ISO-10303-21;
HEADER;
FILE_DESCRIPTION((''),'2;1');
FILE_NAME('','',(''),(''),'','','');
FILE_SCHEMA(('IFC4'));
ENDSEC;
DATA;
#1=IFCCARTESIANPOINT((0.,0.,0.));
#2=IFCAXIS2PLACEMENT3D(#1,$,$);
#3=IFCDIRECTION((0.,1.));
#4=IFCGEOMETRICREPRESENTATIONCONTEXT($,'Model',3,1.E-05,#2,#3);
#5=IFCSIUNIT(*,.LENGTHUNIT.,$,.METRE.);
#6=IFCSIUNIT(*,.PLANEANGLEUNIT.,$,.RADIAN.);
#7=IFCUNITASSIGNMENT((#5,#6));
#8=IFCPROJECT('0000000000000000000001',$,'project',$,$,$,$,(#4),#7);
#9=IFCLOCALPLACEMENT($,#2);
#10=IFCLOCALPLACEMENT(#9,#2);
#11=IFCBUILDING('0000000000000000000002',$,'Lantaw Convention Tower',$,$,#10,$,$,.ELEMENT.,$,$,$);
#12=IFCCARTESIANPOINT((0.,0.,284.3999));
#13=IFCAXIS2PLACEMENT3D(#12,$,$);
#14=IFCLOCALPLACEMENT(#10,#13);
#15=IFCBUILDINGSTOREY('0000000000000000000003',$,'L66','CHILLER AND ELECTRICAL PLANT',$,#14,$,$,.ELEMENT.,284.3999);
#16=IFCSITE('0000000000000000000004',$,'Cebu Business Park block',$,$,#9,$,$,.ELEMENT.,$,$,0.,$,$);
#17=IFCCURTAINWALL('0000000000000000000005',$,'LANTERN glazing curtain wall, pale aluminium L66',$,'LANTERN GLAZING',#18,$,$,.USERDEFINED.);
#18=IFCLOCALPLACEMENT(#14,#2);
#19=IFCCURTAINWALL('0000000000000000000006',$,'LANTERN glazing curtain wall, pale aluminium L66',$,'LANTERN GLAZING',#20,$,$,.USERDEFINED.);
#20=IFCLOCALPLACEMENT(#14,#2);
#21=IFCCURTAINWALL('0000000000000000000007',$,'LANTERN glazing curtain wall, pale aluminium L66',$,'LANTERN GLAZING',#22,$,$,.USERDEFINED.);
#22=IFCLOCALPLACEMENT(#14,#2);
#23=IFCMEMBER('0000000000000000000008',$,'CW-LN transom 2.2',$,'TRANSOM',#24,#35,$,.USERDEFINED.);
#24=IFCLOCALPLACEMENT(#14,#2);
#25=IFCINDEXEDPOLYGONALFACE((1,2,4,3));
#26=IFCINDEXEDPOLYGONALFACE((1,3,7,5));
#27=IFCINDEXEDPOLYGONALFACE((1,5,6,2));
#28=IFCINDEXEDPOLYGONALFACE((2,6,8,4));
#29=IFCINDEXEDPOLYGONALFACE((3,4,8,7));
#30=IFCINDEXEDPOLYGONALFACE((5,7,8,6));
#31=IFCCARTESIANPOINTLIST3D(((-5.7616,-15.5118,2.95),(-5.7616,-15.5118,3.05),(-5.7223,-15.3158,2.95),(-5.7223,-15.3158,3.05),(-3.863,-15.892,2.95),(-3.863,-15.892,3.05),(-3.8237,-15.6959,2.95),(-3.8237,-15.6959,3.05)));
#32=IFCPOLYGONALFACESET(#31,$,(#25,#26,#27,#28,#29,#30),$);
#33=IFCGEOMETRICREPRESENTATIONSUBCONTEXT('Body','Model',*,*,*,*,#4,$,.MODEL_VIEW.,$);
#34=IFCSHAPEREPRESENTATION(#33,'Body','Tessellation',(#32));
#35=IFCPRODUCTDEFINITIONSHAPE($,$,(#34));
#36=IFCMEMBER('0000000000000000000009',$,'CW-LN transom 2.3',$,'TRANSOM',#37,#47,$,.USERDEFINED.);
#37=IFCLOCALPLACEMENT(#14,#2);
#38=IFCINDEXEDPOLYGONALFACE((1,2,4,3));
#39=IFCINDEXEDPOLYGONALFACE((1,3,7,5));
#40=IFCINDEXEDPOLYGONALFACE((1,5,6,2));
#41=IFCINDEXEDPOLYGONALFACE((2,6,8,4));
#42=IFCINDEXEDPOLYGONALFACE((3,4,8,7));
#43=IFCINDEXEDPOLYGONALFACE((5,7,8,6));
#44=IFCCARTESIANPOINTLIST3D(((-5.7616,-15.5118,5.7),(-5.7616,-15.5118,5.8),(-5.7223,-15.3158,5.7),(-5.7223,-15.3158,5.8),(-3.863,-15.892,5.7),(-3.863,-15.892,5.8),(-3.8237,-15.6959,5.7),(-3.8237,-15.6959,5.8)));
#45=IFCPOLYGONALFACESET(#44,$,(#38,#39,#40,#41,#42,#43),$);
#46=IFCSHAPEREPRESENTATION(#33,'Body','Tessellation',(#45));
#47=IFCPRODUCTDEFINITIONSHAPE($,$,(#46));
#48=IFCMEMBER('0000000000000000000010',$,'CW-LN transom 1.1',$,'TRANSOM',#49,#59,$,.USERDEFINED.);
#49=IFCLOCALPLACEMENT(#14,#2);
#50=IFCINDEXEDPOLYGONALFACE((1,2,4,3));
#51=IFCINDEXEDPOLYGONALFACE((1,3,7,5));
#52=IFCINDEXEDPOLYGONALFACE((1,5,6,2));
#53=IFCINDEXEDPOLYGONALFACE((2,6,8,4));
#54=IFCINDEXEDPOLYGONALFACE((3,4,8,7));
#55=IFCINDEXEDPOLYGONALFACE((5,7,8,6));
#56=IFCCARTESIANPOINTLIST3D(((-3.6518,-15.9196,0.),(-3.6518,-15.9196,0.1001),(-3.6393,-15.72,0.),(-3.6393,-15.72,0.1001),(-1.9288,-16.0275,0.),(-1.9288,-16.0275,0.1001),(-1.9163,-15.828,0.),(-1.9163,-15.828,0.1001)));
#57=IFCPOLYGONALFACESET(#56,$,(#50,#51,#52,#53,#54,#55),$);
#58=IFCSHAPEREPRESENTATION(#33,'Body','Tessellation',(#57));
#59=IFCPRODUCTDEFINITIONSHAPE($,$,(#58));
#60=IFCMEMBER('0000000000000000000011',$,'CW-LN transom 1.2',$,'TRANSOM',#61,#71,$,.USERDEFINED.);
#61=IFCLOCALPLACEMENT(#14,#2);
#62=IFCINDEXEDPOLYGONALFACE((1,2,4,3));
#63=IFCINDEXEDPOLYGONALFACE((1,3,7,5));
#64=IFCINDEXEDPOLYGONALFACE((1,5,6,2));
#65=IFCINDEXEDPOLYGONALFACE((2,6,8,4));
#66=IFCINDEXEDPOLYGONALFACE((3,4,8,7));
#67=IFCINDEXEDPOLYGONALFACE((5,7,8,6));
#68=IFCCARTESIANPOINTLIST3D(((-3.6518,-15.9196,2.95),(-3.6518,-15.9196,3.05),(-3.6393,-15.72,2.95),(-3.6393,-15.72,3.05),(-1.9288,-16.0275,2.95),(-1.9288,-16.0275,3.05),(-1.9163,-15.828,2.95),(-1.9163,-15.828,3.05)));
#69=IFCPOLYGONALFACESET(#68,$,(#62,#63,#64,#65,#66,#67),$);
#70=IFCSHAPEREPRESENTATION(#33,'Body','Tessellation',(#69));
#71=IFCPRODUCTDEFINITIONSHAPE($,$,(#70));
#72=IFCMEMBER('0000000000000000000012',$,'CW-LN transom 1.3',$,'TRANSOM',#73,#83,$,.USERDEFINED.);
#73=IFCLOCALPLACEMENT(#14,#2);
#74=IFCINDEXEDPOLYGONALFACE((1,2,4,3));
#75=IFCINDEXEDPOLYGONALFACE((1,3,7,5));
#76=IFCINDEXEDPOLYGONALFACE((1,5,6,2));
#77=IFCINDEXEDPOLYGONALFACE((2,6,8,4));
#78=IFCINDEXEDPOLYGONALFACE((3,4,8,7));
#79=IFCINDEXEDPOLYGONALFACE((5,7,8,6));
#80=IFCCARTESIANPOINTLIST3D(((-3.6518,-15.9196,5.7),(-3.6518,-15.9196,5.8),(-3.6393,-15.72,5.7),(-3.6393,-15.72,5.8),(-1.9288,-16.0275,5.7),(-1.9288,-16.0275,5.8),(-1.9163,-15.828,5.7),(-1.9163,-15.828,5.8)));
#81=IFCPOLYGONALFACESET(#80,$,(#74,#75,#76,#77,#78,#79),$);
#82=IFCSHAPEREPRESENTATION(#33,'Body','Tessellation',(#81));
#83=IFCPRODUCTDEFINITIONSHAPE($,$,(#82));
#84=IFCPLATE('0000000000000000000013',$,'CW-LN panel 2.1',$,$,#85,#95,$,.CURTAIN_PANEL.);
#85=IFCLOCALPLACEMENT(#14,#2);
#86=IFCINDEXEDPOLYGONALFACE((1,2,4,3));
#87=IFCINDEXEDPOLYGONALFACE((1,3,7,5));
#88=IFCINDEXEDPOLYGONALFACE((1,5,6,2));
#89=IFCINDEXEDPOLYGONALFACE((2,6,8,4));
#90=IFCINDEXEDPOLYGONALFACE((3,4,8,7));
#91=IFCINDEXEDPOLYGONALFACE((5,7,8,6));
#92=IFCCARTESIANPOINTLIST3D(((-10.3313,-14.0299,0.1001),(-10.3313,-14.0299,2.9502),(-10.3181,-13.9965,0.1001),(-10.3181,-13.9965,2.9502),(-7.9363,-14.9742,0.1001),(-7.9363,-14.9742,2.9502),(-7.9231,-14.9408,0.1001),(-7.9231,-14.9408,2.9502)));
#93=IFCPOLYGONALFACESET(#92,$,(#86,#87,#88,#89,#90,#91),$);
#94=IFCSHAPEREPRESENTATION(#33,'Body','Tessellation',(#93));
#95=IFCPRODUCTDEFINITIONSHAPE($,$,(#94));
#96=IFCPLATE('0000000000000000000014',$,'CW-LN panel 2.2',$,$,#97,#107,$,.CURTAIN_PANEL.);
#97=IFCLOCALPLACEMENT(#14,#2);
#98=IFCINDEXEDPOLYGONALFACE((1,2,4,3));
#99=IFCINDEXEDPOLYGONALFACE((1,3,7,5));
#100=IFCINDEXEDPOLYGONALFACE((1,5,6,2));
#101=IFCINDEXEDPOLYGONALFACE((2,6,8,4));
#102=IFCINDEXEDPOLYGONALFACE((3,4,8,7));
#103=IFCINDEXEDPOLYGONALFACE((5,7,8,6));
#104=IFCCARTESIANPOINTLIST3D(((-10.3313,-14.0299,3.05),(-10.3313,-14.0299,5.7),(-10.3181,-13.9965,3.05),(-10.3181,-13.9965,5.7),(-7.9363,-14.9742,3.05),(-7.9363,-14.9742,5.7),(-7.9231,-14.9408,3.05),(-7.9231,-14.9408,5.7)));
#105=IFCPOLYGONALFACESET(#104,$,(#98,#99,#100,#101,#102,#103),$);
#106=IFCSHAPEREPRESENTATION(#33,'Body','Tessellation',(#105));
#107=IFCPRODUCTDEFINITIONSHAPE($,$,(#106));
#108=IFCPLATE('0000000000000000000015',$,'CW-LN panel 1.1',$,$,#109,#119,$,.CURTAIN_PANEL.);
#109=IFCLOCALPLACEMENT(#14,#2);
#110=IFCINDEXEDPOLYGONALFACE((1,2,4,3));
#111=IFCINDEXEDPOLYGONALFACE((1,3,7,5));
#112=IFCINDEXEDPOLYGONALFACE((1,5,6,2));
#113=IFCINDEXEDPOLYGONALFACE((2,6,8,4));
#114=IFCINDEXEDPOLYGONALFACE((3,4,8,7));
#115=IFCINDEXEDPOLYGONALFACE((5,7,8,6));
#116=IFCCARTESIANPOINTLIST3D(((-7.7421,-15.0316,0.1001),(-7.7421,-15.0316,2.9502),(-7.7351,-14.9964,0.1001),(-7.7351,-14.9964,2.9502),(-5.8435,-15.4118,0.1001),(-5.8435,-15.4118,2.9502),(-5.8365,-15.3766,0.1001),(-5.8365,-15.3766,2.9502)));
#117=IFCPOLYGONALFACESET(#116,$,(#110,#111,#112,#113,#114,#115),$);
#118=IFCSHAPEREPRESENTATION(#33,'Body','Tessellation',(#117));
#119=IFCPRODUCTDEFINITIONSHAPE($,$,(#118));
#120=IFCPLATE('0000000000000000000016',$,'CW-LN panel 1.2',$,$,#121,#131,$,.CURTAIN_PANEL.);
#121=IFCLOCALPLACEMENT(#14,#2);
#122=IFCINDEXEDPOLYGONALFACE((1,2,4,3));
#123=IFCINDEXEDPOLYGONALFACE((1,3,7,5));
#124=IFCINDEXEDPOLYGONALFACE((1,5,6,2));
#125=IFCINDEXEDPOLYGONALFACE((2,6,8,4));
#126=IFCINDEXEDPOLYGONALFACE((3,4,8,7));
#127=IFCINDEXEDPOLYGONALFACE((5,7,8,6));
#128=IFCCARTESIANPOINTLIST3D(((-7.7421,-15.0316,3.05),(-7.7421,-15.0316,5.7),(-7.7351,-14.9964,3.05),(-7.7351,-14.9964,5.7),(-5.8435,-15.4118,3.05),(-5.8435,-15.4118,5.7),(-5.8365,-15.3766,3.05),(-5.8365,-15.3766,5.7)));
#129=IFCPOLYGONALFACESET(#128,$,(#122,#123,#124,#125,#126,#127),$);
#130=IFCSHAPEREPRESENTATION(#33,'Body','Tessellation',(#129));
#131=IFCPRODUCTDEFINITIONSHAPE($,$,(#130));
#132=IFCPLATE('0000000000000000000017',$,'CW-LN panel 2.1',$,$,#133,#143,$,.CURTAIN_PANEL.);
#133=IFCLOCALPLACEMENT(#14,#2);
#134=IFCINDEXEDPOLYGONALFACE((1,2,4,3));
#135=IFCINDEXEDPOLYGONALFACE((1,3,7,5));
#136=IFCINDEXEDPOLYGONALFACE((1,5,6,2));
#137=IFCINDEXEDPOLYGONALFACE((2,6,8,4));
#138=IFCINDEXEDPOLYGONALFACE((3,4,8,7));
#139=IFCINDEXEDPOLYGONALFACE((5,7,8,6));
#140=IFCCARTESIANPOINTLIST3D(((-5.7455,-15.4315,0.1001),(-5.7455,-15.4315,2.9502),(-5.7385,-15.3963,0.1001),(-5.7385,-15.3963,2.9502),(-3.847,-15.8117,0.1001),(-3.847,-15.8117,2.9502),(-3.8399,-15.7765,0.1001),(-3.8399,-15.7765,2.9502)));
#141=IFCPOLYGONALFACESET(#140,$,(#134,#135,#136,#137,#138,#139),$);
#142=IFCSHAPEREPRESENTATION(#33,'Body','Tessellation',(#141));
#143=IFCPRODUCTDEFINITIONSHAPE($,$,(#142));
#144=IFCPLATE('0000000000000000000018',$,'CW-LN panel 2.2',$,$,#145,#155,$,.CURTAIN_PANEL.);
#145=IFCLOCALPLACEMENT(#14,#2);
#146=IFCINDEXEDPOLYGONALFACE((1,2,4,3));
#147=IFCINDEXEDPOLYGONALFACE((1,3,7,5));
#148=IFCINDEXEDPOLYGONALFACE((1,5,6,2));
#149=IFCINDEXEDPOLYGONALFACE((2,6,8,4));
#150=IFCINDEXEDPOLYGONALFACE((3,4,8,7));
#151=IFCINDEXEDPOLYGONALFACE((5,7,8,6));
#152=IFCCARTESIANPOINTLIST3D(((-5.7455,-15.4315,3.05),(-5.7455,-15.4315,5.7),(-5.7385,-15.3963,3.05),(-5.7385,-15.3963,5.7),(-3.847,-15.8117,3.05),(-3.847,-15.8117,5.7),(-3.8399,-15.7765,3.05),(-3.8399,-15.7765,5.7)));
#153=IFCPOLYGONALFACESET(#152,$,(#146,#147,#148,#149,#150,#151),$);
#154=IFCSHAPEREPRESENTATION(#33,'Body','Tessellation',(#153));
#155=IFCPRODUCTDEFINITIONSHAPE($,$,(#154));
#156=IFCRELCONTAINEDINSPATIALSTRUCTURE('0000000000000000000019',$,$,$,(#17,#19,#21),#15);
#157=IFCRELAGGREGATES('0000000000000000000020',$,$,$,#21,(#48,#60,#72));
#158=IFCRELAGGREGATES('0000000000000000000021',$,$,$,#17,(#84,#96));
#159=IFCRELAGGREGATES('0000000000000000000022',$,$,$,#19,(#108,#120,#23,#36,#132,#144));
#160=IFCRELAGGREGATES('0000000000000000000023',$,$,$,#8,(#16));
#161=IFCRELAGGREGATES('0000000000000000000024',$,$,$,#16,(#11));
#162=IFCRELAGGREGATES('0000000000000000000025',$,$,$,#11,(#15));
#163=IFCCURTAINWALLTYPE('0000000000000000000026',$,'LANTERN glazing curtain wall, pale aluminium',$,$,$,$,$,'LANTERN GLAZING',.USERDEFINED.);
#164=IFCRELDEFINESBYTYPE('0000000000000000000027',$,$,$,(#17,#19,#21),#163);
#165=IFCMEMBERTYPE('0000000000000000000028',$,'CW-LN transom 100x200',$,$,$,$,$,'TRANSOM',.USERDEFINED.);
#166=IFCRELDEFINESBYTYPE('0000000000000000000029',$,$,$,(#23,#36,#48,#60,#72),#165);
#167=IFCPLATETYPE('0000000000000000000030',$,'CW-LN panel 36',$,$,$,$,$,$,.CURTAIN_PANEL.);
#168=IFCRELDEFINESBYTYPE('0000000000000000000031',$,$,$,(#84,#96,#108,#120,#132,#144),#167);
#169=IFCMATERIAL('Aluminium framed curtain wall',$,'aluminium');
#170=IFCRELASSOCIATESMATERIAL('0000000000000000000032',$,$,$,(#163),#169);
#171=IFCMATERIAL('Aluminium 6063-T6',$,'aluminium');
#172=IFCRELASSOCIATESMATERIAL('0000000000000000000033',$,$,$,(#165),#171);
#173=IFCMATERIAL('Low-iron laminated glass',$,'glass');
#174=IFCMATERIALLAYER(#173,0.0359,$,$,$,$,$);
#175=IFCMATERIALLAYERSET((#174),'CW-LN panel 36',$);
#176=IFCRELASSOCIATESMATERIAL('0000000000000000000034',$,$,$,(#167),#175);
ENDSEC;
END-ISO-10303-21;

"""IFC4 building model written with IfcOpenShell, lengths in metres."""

from ifc_helpers import new_model, si_unit, direction, frame, origin, origin_2d, place, context, subcontext, project, spatial, rectangle, extrude, material, layer, layer_set, material_profile, profile_set, type_object, element, aggregate, save


model = new_model("IFC4")

# Units and contexts
model_context = context("Model", 3, precision=1e-05, world=origin(), true_north=direction((0.0, 1.0)))
body_context = subcontext(model_context, "Body", "Model", "MODEL_VIEW")
ifc_project = project(units=[si_unit("LENGTHUNIT", "METRE"), si_unit("PLANEANGLEUNIT", "RADIAN")], contexts=[model_context])

# Site, building, storey
site_placement = place(None, origin())
site = spatial("IfcSite", under=ifc_project, at=site_placement, Name="Cebu Business Park block", CompositionType="ELEMENT", RefElevation=0.0)
building_placement = place(site_placement, origin())
building = spatial("IfcBuilding", under=site, at=building_placement, Name="Lantaw Convention Tower", CompositionType="ELEMENT")
storey_placement = place(building_placement, frame((0.0, 0.0, 284.3999)))
storey = spatial("IfcBuildingStorey", under=building, at=storey_placement, Name="L66", Description="CHILLER AND ELECTRICAL PLANT", CompositionType="ELEMENT", Elevation=284.3999)

# Curtain wall
ifc_material_1 = material(Name="Aluminium framed curtain wall", Category="aluminium")
curtain_wall_type = type_object("IfcCurtainWallType", Name="LANTERN glazing curtain wall, pale aluminium", ElementType="LANTERN GLAZING", PredefinedType="USERDEFINED", material=ifc_material_1)
curtain_wall_1_placement = place(storey_placement, origin())
curtain_wall_1 = element("IfcCurtainWall", 1, at=curtain_wall_1_placement, inside=storey, type_object=curtain_wall_type, Name="LANTERN glazing curtain wall, pale aluminium L66", ObjectType="LANTERN GLAZING", PredefinedType="USERDEFINED")
ifc_material_2 = material(Name="Aluminium 6063-T6", Category="aluminium")

# Curtain wall
curtain_wall_2_placement = place(storey_placement, origin())
curtain_wall_2 = element("IfcCurtainWall", 2, at=curtain_wall_2_placement, inside=storey, type_object=curtain_wall_type, Name="LANTERN glazing curtain wall, pale aluminium L66", ObjectType="LANTERN GLAZING", PredefinedType="USERDEFINED")

# Curtain wall
curtain_wall_3_placement = place(storey_placement, origin())
curtain_wall_3 = element("IfcCurtainWall", 3, at=curtain_wall_3_placement, inside=storey, type_object=curtain_wall_type, Name="LANTERN glazing curtain wall, pale aluminium L66", ObjectType="LANTERN GLAZING", PredefinedType="USERDEFINED")

# Members
ifc_material_profile_1 = material_profile(ifc_material_2, rectangle(XDim=0.2, YDim=0.1001, at=origin_2d()), Name="CW-LN transom 100x200")
ifc_profile_set_1 = profile_set([ifc_material_profile_1], Name="Aluminium 6063-T6")
member_type_1 = type_object("IfcMemberType", Name="CW-LN transom 100x200", ElementType="TRANSOM", PredefinedType="USERDEFINED", material=ifc_profile_set_1)
member_1_placement = place(storey_placement, frame((-5.7419, -15.4138, 3.0), z_axis=(0.980542, -0.19631, 0.0), x_axis=(0.19631, 0.980542, 0.0)))
member_1 = element("IfcMember", 4, at=member_1_placement, type_object=member_type_1, Name="CW-LN transom 2.2", ObjectType="TRANSOM", PredefinedType="USERDEFINED", context=body_context, shape_type="SweptSolid", body=[
    extrude(rectangle(XDim=0.2, YDim=0.1001, at=origin_2d()), origin(), (0.0, 0.0, 1.0), 1.9363),
])
member_2_placement = place(storey_placement, frame((-5.7419, -15.4138, 5.75), z_axis=(0.980542, -0.19631, 0.0), x_axis=(0.19631, 0.980542, 0.0)))
member_2 = element("IfcMember", 5, at=member_2_placement, type_object=member_type_1, Name="CW-LN transom 2.3", ObjectType="TRANSOM", PredefinedType="USERDEFINED", context=body_context, shape_type="SweptSolid", body=[
    extrude(rectangle(XDim=0.2, YDim=0.1001, at=origin_2d()), origin(), (0.0, 0.0, 1.0), 1.9363),
])
member_3_placement = place(storey_placement, frame((-3.6455, -15.8198, 0.05), z_axis=(0.998044, -0.06251, 0.0), x_axis=(0.06251, 0.998044, 0.0)))
member_3 = element("IfcMember", 6, at=member_3_placement, type_object=member_type_1, Name="CW-LN transom 1.1", ObjectType="TRANSOM", PredefinedType="USERDEFINED", context=body_context, shape_type="SweptSolid", body=[
    extrude(rectangle(XDim=0.2, YDim=0.1001, at=origin_2d()), origin(), (0.0, 0.0, 1.0), 1.7263),
])
member_4_placement = place(storey_placement, frame((-3.6455, -15.8198, 3.0), z_axis=(0.998044, -0.06251, 0.0), x_axis=(0.06251, 0.998044, 0.0)))
member_4 = element("IfcMember", 7, at=member_4_placement, type_object=member_type_1, Name="CW-LN transom 1.2", ObjectType="TRANSOM", PredefinedType="USERDEFINED", context=body_context, shape_type="SweptSolid", body=[
    extrude(rectangle(XDim=0.2, YDim=0.1001, at=origin_2d()), origin(), (0.0, 0.0, 1.0), 1.7263),
])
member_5_placement = place(storey_placement, frame((-3.6455, -15.8198, 5.75), z_axis=(0.998044, -0.06251, 0.0), x_axis=(0.06251, 0.998044, 0.0)))
member_5 = element("IfcMember", 8, at=member_5_placement, type_object=member_type_1, Name="CW-LN transom 1.3", ObjectType="TRANSOM", PredefinedType="USERDEFINED", context=body_context, shape_type="SweptSolid", body=[
    extrude(rectangle(XDim=0.2, YDim=0.1001, at=origin_2d()), origin(), (0.0, 0.0, 1.0), 1.7263),
])
aggregate(curtain_wall_3, [member_3, member_4, member_5])

# Plates
ifc_material_3 = material(Name="Low-iron laminated glass", Category="glass")
ifc_layer = layer(ifc_material_3, 0.0359)
ifc_layer_set = layer_set([ifc_layer], Name="CW-LN panel 36")
plate_type = type_object("IfcPlateType", Name="CW-LN panel 36", PredefinedType="CURTAIN_PANEL", material=ifc_layer_set)
plate_1_placement = place(storey_placement, frame((-9.1272, -14.4854, 0.1001), z_axis=(0.0, 0.0, 1.0), x_axis=(0.930299, -0.366802, 0.0)))
plate_1 = element("IfcPlate", 9, at=plate_1_placement, type_object=plate_type, Name="CW-LN panel 2.1", PredefinedType="CURTAIN_PANEL", context=body_context, shape_type="SweptSolid", body=[
    extrude(rectangle(XDim=2.5745, YDim=0.0359, at=origin_2d()), origin(), (0.0, 0.0, 1.0), 2.8501),
])
plate_2_placement = place(storey_placement, frame((-9.1272, -14.4854, 3.05), z_axis=(0.0, 0.0, 1.0), x_axis=(0.930299, -0.366802, 0.0)))
plate_2 = element("IfcPlate", 10, at=plate_2_placement, type_object=plate_type, Name="CW-LN panel 2.2", PredefinedType="CURTAIN_PANEL", context=body_context, shape_type="SweptSolid", body=[
    extrude(rectangle(XDim=2.5745, YDim=0.0359, at=origin_2d()), origin(), (0.0, 0.0, 1.0), 2.6499),
])
aggregate(curtain_wall_1, [plate_1, plate_2])
plate_3_placement = place(storey_placement, frame((-6.7893, -15.2041, 0.1001), z_axis=(0.0, 0.0, 1.0), x_axis=(0.98053, -0.196367, 0.0)))
plate_3 = element("IfcPlate", 11, at=plate_3_placement, type_object=plate_type, Name="CW-LN panel 1.1", PredefinedType="CURTAIN_PANEL", context=body_context, shape_type="SweptSolid", body=[
    extrude(rectangle(XDim=1.9363, YDim=0.0359, at=origin_2d()), origin(), (0.0, 0.0, 1.0), 2.8501),
])
plate_4_placement = place(storey_placement, frame((-6.7893, -15.2041, 3.05), z_axis=(0.0, 0.0, 1.0), x_axis=(0.98053, -0.196367, 0.0)))
plate_4 = element("IfcPlate", 12, at=plate_4_placement, type_object=plate_type, Name="CW-LN panel 1.2", PredefinedType="CURTAIN_PANEL", context=body_context, shape_type="SweptSolid", body=[
    extrude(rectangle(XDim=1.9363, YDim=0.0359, at=origin_2d()), origin(), (0.0, 0.0, 1.0), 2.6499),
])
plate_5_placement = place(storey_placement, frame((-4.7927, -15.604, 0.1001), z_axis=(0.0, 0.0, 1.0), x_axis=(0.98053, -0.196367, 0.0)))
plate_5 = element("IfcPlate", 13, at=plate_5_placement, type_object=plate_type, Name="CW-LN panel 2.1", PredefinedType="CURTAIN_PANEL", context=body_context, shape_type="SweptSolid", body=[
    extrude(rectangle(XDim=1.9363, YDim=0.0359, at=origin_2d()), origin(), (0.0, 0.0, 1.0), 2.8501),
])
plate_6_placement = place(storey_placement, frame((-4.7927, -15.604, 3.05), z_axis=(0.0, 0.0, 1.0), x_axis=(0.98053, -0.196367, 0.0)))
plate_6 = element("IfcPlate", 14, at=plate_6_placement, type_object=plate_type, Name="CW-LN panel 2.2", PredefinedType="CURTAIN_PANEL", context=body_context, shape_type="SweptSolid", body=[
    extrude(rectangle(XDim=1.9363, YDim=0.0359, at=origin_2d()), origin(), (0.0, 0.0, 1.0), 2.6499),
])
aggregate(curtain_wall_2, [plate_3, plate_4, member_1, member_2, plate_5, plate_6])

save(model, "model.ifc")
